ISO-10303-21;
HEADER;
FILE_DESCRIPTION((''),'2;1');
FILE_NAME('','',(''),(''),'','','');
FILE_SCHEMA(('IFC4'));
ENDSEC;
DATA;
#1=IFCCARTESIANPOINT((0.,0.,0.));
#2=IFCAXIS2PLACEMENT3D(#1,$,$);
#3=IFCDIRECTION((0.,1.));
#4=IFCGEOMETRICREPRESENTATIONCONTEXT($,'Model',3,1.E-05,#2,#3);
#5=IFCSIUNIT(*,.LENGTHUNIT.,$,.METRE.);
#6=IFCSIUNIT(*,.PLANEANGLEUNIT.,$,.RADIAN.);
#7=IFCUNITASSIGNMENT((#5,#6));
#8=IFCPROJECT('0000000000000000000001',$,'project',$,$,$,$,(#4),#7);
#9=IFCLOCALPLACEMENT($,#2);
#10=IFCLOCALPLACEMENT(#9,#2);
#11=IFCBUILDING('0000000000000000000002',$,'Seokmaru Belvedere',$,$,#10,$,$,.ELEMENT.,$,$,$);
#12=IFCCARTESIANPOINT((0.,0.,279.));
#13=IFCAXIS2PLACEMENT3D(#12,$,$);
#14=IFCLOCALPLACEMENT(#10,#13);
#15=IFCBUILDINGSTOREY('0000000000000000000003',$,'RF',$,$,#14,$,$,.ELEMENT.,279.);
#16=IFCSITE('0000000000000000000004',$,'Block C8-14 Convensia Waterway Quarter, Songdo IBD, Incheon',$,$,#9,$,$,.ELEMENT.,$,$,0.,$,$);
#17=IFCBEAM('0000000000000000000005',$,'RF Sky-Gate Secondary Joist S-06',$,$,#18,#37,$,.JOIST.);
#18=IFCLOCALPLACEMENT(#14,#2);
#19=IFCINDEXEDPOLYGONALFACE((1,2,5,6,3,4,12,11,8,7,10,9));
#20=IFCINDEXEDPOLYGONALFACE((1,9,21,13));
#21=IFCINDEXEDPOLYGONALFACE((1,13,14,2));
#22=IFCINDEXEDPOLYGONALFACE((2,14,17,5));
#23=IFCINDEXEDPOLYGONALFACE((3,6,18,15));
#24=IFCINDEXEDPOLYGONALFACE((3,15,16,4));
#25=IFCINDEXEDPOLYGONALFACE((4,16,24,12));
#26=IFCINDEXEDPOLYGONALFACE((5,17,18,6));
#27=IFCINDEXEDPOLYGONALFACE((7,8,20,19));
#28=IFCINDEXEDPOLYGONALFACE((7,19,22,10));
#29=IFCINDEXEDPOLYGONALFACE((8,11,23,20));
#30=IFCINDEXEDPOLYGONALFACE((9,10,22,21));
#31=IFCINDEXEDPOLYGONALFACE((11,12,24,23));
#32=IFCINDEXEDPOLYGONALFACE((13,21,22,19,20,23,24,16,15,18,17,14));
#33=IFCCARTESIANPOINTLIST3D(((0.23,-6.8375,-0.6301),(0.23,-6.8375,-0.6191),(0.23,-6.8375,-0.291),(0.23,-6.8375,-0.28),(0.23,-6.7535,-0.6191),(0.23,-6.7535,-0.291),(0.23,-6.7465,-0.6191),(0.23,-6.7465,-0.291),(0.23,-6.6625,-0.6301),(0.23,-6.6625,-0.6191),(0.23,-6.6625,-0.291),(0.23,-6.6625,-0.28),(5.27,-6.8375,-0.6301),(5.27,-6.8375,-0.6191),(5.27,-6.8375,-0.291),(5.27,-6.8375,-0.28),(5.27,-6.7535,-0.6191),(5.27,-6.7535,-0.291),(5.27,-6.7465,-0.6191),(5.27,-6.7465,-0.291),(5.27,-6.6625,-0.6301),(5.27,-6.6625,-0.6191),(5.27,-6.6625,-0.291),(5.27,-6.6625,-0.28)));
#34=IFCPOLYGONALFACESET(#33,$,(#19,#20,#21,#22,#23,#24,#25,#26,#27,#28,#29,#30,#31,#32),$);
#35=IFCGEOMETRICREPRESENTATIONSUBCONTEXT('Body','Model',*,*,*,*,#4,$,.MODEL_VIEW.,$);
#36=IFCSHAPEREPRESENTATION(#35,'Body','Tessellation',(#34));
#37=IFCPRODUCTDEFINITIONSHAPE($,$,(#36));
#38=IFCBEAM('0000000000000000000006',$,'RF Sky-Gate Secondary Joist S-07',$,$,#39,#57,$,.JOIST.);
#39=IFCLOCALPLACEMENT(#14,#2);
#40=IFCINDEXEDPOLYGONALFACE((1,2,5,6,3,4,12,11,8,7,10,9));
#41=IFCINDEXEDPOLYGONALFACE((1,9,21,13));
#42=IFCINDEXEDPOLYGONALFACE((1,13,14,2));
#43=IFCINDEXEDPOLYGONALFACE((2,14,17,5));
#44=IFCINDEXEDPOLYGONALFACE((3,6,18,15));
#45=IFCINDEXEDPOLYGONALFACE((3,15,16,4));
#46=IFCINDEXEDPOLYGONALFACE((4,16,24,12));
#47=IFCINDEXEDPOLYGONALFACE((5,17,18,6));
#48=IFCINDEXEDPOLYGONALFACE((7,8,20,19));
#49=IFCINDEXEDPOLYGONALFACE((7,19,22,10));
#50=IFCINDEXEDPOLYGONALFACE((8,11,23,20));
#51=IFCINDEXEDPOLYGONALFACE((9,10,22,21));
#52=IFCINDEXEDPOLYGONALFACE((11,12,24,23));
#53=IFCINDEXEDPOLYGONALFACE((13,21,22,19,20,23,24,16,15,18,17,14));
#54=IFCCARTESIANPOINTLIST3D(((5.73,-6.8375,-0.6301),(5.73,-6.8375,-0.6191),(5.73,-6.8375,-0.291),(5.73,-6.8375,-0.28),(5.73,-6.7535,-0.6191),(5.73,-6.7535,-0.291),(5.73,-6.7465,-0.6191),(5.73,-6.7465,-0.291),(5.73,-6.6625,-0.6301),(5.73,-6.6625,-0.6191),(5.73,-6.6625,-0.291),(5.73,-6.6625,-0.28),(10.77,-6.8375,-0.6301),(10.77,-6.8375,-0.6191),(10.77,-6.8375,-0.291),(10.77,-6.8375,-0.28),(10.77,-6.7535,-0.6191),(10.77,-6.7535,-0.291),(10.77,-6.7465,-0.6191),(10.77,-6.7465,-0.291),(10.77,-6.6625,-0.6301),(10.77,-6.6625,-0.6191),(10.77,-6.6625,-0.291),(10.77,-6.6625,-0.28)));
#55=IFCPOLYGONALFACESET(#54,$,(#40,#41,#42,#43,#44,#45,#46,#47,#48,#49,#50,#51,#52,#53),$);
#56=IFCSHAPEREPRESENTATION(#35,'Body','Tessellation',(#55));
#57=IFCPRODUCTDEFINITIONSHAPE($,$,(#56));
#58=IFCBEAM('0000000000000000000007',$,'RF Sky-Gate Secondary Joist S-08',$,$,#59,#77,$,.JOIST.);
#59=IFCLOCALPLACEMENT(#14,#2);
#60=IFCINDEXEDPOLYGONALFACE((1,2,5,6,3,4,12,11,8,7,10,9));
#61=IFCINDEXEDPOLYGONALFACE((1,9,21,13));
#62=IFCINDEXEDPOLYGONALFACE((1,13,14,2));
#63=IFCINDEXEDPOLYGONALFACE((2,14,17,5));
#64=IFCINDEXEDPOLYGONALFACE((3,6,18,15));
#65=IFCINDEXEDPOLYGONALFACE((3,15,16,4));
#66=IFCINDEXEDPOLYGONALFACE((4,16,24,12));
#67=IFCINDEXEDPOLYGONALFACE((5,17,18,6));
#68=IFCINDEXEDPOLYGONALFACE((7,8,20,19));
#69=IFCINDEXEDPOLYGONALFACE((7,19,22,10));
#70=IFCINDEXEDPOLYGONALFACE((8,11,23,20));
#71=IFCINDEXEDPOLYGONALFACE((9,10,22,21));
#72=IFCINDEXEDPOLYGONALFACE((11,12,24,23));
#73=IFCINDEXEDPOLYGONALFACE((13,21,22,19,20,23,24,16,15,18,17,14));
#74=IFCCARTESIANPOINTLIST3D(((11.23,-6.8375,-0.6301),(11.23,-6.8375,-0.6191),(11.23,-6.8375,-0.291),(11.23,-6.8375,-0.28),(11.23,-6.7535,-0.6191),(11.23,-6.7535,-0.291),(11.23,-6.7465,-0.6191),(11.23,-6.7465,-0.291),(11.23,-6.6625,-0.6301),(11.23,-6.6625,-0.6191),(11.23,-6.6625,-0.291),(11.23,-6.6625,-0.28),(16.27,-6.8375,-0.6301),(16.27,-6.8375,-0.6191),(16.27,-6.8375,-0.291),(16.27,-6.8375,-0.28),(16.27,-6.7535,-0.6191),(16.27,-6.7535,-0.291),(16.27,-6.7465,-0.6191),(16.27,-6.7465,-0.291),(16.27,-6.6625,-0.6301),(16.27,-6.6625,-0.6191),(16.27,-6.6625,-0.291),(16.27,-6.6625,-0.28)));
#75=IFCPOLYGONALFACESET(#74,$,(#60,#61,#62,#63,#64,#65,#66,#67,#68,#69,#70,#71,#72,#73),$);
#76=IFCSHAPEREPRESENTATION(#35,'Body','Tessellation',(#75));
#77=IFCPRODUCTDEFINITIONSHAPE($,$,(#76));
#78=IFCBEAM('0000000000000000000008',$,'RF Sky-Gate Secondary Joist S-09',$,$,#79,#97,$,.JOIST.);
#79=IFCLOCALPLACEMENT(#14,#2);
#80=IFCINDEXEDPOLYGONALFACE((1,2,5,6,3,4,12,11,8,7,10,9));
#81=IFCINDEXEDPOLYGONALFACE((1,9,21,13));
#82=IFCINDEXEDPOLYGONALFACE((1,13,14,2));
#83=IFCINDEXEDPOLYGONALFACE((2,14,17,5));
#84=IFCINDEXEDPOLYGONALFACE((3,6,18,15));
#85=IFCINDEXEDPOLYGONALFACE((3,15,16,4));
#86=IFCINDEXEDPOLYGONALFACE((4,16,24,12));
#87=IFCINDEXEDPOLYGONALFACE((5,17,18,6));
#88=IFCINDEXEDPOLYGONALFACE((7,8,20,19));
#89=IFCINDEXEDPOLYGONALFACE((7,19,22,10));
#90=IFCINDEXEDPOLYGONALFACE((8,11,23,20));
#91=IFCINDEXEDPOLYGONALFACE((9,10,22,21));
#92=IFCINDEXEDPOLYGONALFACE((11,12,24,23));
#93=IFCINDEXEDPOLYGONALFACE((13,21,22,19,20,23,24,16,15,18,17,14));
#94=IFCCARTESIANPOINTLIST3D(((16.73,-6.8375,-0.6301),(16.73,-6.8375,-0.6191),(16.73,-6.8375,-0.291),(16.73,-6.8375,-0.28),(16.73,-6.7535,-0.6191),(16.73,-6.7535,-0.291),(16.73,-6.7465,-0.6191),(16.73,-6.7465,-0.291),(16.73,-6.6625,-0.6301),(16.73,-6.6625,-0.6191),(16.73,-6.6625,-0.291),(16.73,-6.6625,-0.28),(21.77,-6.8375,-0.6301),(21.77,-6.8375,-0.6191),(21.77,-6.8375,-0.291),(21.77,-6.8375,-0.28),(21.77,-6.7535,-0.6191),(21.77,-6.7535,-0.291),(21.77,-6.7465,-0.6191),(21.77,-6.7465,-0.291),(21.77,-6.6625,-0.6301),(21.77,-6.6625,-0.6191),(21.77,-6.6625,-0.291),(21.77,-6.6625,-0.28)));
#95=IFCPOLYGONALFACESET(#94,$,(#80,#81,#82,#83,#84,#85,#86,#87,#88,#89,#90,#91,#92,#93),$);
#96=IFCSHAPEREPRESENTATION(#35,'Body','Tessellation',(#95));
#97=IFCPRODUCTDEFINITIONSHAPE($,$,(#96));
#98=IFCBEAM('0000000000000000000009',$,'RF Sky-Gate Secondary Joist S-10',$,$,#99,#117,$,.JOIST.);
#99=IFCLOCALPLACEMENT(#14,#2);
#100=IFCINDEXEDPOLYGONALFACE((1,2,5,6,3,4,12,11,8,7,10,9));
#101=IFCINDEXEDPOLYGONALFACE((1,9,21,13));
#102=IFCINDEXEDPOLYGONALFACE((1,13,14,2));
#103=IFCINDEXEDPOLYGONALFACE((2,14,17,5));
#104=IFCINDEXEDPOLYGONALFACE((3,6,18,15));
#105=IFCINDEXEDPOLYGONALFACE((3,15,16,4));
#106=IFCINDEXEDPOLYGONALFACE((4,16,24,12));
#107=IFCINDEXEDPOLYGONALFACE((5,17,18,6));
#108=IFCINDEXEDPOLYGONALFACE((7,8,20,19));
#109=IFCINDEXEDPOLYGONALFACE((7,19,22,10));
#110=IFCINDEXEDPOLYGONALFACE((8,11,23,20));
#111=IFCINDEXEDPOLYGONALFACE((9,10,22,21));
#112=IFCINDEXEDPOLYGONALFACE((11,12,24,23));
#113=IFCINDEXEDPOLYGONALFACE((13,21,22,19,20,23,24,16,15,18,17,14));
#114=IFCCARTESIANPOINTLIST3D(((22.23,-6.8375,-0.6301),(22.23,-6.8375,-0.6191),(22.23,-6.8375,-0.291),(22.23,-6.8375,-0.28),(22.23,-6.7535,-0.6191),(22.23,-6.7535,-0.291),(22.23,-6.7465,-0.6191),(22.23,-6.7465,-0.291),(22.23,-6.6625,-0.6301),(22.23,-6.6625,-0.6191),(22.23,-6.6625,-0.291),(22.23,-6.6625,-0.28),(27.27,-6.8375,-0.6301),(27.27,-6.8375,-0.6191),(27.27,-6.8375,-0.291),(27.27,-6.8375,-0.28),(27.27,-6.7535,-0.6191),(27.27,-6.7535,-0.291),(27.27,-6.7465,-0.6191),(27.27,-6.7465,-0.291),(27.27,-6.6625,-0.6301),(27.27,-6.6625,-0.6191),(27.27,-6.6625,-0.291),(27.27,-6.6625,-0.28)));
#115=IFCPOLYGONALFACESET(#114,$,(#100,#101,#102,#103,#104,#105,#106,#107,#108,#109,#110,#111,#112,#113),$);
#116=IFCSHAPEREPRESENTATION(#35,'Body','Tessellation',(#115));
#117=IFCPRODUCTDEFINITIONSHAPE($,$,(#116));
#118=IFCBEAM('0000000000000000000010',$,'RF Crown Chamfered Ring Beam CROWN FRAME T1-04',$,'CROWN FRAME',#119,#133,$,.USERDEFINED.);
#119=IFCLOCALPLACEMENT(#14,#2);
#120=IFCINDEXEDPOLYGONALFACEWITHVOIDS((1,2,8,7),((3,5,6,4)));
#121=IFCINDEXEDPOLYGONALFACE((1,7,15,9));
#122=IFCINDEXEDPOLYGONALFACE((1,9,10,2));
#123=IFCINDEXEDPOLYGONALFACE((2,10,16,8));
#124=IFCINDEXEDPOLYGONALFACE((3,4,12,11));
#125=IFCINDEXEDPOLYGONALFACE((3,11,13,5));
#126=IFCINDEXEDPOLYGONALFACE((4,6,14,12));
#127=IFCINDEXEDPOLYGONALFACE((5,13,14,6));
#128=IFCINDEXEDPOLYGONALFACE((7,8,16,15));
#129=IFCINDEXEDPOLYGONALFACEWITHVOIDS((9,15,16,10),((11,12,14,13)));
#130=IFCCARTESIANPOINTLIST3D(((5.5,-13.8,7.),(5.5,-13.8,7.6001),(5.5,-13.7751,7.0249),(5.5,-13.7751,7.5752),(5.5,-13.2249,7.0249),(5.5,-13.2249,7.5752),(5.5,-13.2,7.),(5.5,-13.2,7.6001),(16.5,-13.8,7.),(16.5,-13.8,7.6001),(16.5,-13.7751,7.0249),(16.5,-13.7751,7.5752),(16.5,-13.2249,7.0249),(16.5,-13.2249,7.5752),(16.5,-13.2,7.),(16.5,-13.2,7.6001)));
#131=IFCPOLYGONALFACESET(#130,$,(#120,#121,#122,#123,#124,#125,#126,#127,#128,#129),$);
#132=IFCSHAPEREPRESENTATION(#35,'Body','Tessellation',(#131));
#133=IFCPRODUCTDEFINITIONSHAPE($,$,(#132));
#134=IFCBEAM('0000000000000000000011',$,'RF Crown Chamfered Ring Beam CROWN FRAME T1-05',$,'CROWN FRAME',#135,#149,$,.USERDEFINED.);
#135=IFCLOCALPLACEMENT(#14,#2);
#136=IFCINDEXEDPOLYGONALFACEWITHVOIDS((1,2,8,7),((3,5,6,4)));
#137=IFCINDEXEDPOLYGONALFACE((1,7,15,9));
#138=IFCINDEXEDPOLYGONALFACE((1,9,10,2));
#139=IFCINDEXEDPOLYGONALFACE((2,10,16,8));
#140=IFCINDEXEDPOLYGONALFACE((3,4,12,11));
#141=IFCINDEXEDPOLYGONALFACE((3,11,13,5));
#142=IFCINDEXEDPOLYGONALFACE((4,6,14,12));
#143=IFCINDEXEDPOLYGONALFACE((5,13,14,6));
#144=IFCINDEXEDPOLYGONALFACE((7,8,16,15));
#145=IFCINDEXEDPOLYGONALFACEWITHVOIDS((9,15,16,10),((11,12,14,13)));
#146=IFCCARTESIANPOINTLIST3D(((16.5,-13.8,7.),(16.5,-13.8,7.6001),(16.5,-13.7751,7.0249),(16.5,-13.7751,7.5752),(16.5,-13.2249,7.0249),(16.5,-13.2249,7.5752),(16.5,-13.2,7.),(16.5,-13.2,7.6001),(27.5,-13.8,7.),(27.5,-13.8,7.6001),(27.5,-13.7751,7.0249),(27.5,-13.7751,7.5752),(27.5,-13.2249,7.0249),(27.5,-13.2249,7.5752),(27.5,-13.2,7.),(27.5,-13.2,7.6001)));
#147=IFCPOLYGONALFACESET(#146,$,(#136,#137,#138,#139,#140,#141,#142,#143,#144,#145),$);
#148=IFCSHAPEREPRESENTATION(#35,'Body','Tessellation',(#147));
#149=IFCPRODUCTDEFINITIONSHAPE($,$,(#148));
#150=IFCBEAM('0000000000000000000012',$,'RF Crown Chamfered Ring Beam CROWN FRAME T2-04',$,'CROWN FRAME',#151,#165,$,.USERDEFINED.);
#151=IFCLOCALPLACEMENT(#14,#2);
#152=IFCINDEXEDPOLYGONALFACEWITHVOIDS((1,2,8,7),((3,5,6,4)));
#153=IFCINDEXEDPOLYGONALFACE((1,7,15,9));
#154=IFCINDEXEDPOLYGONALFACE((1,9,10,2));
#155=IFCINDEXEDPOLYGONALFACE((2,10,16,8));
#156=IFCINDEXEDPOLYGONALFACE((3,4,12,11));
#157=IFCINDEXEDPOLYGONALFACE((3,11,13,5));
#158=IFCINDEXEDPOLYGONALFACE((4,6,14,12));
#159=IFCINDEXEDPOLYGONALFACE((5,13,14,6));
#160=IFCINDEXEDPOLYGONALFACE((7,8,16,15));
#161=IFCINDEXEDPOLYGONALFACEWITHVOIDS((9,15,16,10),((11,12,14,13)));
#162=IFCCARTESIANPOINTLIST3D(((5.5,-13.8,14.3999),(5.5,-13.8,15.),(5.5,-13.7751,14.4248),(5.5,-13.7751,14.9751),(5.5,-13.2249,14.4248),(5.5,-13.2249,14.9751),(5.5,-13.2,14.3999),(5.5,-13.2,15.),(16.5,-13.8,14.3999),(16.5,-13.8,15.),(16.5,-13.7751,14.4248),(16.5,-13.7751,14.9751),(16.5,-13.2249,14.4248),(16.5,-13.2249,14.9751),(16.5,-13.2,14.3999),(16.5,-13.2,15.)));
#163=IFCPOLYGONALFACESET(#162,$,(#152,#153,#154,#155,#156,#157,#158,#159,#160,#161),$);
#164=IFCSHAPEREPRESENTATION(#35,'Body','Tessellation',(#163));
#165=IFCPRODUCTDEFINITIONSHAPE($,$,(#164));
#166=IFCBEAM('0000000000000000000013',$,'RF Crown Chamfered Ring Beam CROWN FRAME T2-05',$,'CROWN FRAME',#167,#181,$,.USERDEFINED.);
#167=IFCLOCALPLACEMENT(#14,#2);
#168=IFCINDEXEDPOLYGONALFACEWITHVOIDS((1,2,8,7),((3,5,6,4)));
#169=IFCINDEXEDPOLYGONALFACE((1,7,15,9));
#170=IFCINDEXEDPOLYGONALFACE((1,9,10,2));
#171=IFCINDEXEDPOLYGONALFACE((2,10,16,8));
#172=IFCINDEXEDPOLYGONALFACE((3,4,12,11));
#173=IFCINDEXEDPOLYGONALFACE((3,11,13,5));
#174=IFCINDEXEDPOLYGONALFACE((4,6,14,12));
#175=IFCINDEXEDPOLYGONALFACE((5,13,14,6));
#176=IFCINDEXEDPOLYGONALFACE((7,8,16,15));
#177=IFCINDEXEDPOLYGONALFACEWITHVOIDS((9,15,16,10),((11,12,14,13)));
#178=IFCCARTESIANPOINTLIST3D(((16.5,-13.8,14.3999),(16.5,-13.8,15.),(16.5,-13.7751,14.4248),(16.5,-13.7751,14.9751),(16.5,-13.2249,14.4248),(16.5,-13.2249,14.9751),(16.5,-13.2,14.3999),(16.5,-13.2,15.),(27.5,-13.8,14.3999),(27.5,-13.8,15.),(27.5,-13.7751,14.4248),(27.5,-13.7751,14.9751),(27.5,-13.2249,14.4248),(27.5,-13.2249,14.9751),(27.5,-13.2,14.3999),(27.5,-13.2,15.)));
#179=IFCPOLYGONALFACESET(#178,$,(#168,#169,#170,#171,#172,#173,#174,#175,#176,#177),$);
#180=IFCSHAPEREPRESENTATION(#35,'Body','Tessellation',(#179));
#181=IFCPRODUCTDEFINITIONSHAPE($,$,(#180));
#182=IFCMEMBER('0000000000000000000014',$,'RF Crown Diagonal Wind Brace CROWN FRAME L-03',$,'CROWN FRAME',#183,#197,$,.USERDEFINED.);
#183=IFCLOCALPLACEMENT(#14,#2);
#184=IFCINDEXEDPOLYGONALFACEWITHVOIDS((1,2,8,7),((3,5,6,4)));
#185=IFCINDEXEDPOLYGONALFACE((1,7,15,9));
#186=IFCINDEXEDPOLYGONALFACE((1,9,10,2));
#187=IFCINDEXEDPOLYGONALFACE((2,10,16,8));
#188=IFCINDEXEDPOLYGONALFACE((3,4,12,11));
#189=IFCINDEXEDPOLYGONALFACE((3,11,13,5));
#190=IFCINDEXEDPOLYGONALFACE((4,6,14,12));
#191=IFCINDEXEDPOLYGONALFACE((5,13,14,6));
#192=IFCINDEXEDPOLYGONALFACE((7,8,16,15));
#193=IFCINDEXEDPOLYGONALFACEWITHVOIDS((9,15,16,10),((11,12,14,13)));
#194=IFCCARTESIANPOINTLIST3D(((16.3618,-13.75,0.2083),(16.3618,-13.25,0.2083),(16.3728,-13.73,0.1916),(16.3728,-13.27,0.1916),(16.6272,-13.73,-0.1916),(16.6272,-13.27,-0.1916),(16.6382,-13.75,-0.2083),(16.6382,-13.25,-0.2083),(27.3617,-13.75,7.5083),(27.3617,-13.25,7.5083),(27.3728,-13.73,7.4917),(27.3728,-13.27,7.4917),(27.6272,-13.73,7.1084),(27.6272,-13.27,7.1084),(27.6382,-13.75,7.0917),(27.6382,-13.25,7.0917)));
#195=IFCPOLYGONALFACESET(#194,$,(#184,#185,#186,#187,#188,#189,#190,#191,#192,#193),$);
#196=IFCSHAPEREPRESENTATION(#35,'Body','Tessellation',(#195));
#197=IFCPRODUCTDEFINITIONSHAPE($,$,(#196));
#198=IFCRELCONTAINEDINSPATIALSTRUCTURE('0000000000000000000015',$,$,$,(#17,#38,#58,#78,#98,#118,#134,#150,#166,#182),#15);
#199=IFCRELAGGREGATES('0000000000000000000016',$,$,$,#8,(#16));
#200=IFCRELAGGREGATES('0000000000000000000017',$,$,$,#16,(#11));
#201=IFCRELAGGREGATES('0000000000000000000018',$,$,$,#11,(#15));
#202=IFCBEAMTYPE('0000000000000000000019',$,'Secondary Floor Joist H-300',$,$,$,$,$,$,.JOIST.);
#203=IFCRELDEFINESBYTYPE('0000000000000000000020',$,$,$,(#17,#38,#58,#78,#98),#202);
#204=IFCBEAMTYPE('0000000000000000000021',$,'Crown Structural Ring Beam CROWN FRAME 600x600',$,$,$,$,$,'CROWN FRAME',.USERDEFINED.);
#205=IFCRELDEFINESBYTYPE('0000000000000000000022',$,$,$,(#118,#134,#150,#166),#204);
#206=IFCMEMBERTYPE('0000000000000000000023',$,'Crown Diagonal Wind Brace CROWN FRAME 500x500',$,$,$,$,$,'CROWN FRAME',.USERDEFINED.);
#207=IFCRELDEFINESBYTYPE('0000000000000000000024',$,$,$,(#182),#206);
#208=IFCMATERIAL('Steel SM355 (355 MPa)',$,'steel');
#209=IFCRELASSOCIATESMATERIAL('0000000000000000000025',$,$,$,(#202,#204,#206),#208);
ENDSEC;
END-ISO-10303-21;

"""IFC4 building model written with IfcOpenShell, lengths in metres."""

from ifc_helpers import new_model, si_unit, direction, frame, origin, origin_2d, place, context, subcontext, project, spatial, hollow_rectangle, i_section, extrude, source, transform, mapped, material, material_profile, profile_set, type_object, type_shapes, element, save


model = new_model("IFC4")

# Units and contexts
model_context = context("Model", 3, precision=1e-05, world=origin(), true_north=direction((0.0, 1.0)))
body_context = subcontext(model_context, "Body", "Model", "MODEL_VIEW")
ifc_project = project(units=[si_unit("LENGTHUNIT", "METRE"), si_unit("PLANEANGLEUNIT", "RADIAN")], contexts=[model_context])

# Site, building, storey
site_placement = place(None, origin())
site = spatial("IfcSite", under=ifc_project, at=site_placement, Name="Block C8-14 Convensia Waterway Quarter, Songdo IBD, Incheon", CompositionType="ELEMENT", RefElevation=0.0)
building_placement = place(site_placement, origin())
building = spatial("IfcBuilding", under=site, at=building_placement, Name="Seokmaru Belvedere", CompositionType="ELEMENT")
storey_placement = place(building_placement, frame((0.0, 0.0, 279.0)))
storey = spatial("IfcBuildingStorey", under=building, at=storey_placement, Name="RF", CompositionType="ELEMENT", Elevation=279.0)

# Shared definitions
ifc_material_1 = material(Name="Steel SM355 (355 MPa)", Category="steel")

# Beams
ifc_material_profile_1 = material_profile(ifc_material_1, i_section(OverallWidth=0.175, OverallDepth=0.3501, WebThickness=0.0071, FlangeThickness=0.011, at=origin_2d()), Name="H-350x175x7x11")
ifc_profile_set_1 = profile_set([ifc_material_profile_1], Name="Steel SM355 (355 MPa)")
beam_type_1 = type_object("IfcBeamType", Name="Secondary Floor Joist H-300", PredefinedType="JOIST", material=ifc_profile_set_1)
shared_shape_1 = source(origin(), body_context, "Body", "SweptSolid", [
    extrude(i_section(OverallWidth=0.175, OverallDepth=0.3501, WebThickness=0.0071, FlangeThickness=0.011, at=origin_2d()), origin(), (0.0, 0.0, 1.0), 5.04),
])
type_shapes(beam_type_1, [shared_shape_1])
for number, where, z_axis, x_axis, name in (
    (1, (0.23, -6.75, -0.4551), (1.0, 0.0, 0.0), (0.0, 1.0, 0.0), "RF Sky-Gate Secondary Joist S-06"),
    (2, (5.73, -6.75, -0.4551), (1.0, 0.0, 0.0), (0.0, 1.0, 0.0), "RF Sky-Gate Secondary Joist S-07"),
    (3, (11.23, -6.75, -0.4551), (1.0, 0.0, 0.0), (0.0, 1.0, 0.0), "RF Sky-Gate Secondary Joist S-08"),
    (4, (16.73, -6.75, -0.4551), (1.0, 0.0, 0.0), (0.0, 1.0, 0.0), "RF Sky-Gate Secondary Joist S-09"),
    (5, (22.23, -6.75, -0.4551), (1.0, 0.0, 0.0), (0.0, 1.0, 0.0), "RF Sky-Gate Secondary Joist S-10"),
):
    element("IfcBeam", number, at=place(storey_placement, frame(where, z_axis=z_axis, x_axis=x_axis)), inside=storey, type_object=beam_type_1, Name=name, PredefinedType="JOIST", context=body_context, shape_type="MappedRepresentation", body=[
        mapped(shared_shape_1, transform((0.0, 0.0, 0.0), scale=1.0)),
    ])
ifc_material_profile_2 = material_profile(ifc_material_1, hollow_rectangle(XDim=0.6001, YDim=0.6001, WallThickness=0.0249, at=origin_2d()), Name="HSS-600x600x25")
ifc_profile_set_2 = profile_set([ifc_material_profile_2], Name="Steel SM355 (355 MPa)")
beam_type_2 = type_object("IfcBeamType", Name="Crown Structural Ring Beam CROWN FRAME 600x600", ElementType="CROWN FRAME", PredefinedType="USERDEFINED", material=ifc_profile_set_2)
shared_shape_2 = source(origin(), body_context, "Body", "SweptSolid", [
    extrude(hollow_rectangle(XDim=0.6001, YDim=0.6001, WallThickness=0.0249, at=origin_2d()), origin(), (0.0, 0.0, 1.0), 11.0),
])
type_shapes(beam_type_2, [shared_shape_2])
for number, where, z_axis, x_axis, name in (
    (6, (5.5, -13.5, 7.3), (1.0, 0.0, 0.0), (0.0, 1.0, 0.0), "RF Crown Chamfered Ring Beam CROWN FRAME T1-04"),
    (7, (16.5, -13.5, 7.3), (1.0, 0.0, 0.0), (0.0, 1.0, 0.0), "RF Crown Chamfered Ring Beam CROWN FRAME T1-05"),
    (8, (5.5, -13.5, 14.7), (1.0, 0.0, 0.0), (0.0, 1.0, 0.0), "RF Crown Chamfered Ring Beam CROWN FRAME T2-04"),
    (9, (16.5, -13.5, 14.7), (1.0, 0.0, 0.0), (0.0, 1.0, 0.0), "RF Crown Chamfered Ring Beam CROWN FRAME T2-05"),
):
    element("IfcBeam", number, at=place(storey_placement, frame(where, z_axis=z_axis, x_axis=x_axis)), inside=storey, type_object=beam_type_2, Name=name, ObjectType="CROWN FRAME", PredefinedType="USERDEFINED", context=body_context, shape_type="MappedRepresentation", body=[
        mapped(shared_shape_2, transform((0.0, 0.0, 0.0), scale=1.0)),
    ])

# Member
ifc_material_profile_3 = material_profile(ifc_material_1, hollow_rectangle(XDim=0.5, YDim=0.5, WallThickness=0.02, at=origin_2d()), Name="HSS-500x500x20")
ifc_profile_set_3 = profile_set([ifc_material_profile_3], Name="Steel SM355 (355 MPa)")
member_type = type_object("IfcMemberType", Name="Crown Diagonal Wind Brace CROWN FRAME 500x500", ElementType="CROWN FRAME", PredefinedType="USERDEFINED", material=ifc_profile_set_3)
shared_shape_3 = source(origin(), body_context, "Body", "SweptSolid", [
    extrude(hollow_rectangle(XDim=0.5, YDim=0.5, WallThickness=0.02, at=origin_2d()), origin(), (0.0, 0.0, 1.0), 13.2019),
])
member_1_placement = place(storey_placement, frame((16.5, -13.5, 0.0), z_axis=(0.833212, 0.0, 0.552954), x_axis=(0.0, 1.0, 0.0)))
element("IfcMember", 10, at=member_1_placement, inside=storey, type_object=member_type, Name="RF Crown Diagonal Wind Brace CROWN FRAME L-03", ObjectType="CROWN FRAME", PredefinedType="USERDEFINED", context=body_context, shape_type="MappedRepresentation", body=[
    mapped(shared_shape_3, transform((0.0, 0.0, 0.0), scale=1.0)),
])

save(model, "model.ifc")
